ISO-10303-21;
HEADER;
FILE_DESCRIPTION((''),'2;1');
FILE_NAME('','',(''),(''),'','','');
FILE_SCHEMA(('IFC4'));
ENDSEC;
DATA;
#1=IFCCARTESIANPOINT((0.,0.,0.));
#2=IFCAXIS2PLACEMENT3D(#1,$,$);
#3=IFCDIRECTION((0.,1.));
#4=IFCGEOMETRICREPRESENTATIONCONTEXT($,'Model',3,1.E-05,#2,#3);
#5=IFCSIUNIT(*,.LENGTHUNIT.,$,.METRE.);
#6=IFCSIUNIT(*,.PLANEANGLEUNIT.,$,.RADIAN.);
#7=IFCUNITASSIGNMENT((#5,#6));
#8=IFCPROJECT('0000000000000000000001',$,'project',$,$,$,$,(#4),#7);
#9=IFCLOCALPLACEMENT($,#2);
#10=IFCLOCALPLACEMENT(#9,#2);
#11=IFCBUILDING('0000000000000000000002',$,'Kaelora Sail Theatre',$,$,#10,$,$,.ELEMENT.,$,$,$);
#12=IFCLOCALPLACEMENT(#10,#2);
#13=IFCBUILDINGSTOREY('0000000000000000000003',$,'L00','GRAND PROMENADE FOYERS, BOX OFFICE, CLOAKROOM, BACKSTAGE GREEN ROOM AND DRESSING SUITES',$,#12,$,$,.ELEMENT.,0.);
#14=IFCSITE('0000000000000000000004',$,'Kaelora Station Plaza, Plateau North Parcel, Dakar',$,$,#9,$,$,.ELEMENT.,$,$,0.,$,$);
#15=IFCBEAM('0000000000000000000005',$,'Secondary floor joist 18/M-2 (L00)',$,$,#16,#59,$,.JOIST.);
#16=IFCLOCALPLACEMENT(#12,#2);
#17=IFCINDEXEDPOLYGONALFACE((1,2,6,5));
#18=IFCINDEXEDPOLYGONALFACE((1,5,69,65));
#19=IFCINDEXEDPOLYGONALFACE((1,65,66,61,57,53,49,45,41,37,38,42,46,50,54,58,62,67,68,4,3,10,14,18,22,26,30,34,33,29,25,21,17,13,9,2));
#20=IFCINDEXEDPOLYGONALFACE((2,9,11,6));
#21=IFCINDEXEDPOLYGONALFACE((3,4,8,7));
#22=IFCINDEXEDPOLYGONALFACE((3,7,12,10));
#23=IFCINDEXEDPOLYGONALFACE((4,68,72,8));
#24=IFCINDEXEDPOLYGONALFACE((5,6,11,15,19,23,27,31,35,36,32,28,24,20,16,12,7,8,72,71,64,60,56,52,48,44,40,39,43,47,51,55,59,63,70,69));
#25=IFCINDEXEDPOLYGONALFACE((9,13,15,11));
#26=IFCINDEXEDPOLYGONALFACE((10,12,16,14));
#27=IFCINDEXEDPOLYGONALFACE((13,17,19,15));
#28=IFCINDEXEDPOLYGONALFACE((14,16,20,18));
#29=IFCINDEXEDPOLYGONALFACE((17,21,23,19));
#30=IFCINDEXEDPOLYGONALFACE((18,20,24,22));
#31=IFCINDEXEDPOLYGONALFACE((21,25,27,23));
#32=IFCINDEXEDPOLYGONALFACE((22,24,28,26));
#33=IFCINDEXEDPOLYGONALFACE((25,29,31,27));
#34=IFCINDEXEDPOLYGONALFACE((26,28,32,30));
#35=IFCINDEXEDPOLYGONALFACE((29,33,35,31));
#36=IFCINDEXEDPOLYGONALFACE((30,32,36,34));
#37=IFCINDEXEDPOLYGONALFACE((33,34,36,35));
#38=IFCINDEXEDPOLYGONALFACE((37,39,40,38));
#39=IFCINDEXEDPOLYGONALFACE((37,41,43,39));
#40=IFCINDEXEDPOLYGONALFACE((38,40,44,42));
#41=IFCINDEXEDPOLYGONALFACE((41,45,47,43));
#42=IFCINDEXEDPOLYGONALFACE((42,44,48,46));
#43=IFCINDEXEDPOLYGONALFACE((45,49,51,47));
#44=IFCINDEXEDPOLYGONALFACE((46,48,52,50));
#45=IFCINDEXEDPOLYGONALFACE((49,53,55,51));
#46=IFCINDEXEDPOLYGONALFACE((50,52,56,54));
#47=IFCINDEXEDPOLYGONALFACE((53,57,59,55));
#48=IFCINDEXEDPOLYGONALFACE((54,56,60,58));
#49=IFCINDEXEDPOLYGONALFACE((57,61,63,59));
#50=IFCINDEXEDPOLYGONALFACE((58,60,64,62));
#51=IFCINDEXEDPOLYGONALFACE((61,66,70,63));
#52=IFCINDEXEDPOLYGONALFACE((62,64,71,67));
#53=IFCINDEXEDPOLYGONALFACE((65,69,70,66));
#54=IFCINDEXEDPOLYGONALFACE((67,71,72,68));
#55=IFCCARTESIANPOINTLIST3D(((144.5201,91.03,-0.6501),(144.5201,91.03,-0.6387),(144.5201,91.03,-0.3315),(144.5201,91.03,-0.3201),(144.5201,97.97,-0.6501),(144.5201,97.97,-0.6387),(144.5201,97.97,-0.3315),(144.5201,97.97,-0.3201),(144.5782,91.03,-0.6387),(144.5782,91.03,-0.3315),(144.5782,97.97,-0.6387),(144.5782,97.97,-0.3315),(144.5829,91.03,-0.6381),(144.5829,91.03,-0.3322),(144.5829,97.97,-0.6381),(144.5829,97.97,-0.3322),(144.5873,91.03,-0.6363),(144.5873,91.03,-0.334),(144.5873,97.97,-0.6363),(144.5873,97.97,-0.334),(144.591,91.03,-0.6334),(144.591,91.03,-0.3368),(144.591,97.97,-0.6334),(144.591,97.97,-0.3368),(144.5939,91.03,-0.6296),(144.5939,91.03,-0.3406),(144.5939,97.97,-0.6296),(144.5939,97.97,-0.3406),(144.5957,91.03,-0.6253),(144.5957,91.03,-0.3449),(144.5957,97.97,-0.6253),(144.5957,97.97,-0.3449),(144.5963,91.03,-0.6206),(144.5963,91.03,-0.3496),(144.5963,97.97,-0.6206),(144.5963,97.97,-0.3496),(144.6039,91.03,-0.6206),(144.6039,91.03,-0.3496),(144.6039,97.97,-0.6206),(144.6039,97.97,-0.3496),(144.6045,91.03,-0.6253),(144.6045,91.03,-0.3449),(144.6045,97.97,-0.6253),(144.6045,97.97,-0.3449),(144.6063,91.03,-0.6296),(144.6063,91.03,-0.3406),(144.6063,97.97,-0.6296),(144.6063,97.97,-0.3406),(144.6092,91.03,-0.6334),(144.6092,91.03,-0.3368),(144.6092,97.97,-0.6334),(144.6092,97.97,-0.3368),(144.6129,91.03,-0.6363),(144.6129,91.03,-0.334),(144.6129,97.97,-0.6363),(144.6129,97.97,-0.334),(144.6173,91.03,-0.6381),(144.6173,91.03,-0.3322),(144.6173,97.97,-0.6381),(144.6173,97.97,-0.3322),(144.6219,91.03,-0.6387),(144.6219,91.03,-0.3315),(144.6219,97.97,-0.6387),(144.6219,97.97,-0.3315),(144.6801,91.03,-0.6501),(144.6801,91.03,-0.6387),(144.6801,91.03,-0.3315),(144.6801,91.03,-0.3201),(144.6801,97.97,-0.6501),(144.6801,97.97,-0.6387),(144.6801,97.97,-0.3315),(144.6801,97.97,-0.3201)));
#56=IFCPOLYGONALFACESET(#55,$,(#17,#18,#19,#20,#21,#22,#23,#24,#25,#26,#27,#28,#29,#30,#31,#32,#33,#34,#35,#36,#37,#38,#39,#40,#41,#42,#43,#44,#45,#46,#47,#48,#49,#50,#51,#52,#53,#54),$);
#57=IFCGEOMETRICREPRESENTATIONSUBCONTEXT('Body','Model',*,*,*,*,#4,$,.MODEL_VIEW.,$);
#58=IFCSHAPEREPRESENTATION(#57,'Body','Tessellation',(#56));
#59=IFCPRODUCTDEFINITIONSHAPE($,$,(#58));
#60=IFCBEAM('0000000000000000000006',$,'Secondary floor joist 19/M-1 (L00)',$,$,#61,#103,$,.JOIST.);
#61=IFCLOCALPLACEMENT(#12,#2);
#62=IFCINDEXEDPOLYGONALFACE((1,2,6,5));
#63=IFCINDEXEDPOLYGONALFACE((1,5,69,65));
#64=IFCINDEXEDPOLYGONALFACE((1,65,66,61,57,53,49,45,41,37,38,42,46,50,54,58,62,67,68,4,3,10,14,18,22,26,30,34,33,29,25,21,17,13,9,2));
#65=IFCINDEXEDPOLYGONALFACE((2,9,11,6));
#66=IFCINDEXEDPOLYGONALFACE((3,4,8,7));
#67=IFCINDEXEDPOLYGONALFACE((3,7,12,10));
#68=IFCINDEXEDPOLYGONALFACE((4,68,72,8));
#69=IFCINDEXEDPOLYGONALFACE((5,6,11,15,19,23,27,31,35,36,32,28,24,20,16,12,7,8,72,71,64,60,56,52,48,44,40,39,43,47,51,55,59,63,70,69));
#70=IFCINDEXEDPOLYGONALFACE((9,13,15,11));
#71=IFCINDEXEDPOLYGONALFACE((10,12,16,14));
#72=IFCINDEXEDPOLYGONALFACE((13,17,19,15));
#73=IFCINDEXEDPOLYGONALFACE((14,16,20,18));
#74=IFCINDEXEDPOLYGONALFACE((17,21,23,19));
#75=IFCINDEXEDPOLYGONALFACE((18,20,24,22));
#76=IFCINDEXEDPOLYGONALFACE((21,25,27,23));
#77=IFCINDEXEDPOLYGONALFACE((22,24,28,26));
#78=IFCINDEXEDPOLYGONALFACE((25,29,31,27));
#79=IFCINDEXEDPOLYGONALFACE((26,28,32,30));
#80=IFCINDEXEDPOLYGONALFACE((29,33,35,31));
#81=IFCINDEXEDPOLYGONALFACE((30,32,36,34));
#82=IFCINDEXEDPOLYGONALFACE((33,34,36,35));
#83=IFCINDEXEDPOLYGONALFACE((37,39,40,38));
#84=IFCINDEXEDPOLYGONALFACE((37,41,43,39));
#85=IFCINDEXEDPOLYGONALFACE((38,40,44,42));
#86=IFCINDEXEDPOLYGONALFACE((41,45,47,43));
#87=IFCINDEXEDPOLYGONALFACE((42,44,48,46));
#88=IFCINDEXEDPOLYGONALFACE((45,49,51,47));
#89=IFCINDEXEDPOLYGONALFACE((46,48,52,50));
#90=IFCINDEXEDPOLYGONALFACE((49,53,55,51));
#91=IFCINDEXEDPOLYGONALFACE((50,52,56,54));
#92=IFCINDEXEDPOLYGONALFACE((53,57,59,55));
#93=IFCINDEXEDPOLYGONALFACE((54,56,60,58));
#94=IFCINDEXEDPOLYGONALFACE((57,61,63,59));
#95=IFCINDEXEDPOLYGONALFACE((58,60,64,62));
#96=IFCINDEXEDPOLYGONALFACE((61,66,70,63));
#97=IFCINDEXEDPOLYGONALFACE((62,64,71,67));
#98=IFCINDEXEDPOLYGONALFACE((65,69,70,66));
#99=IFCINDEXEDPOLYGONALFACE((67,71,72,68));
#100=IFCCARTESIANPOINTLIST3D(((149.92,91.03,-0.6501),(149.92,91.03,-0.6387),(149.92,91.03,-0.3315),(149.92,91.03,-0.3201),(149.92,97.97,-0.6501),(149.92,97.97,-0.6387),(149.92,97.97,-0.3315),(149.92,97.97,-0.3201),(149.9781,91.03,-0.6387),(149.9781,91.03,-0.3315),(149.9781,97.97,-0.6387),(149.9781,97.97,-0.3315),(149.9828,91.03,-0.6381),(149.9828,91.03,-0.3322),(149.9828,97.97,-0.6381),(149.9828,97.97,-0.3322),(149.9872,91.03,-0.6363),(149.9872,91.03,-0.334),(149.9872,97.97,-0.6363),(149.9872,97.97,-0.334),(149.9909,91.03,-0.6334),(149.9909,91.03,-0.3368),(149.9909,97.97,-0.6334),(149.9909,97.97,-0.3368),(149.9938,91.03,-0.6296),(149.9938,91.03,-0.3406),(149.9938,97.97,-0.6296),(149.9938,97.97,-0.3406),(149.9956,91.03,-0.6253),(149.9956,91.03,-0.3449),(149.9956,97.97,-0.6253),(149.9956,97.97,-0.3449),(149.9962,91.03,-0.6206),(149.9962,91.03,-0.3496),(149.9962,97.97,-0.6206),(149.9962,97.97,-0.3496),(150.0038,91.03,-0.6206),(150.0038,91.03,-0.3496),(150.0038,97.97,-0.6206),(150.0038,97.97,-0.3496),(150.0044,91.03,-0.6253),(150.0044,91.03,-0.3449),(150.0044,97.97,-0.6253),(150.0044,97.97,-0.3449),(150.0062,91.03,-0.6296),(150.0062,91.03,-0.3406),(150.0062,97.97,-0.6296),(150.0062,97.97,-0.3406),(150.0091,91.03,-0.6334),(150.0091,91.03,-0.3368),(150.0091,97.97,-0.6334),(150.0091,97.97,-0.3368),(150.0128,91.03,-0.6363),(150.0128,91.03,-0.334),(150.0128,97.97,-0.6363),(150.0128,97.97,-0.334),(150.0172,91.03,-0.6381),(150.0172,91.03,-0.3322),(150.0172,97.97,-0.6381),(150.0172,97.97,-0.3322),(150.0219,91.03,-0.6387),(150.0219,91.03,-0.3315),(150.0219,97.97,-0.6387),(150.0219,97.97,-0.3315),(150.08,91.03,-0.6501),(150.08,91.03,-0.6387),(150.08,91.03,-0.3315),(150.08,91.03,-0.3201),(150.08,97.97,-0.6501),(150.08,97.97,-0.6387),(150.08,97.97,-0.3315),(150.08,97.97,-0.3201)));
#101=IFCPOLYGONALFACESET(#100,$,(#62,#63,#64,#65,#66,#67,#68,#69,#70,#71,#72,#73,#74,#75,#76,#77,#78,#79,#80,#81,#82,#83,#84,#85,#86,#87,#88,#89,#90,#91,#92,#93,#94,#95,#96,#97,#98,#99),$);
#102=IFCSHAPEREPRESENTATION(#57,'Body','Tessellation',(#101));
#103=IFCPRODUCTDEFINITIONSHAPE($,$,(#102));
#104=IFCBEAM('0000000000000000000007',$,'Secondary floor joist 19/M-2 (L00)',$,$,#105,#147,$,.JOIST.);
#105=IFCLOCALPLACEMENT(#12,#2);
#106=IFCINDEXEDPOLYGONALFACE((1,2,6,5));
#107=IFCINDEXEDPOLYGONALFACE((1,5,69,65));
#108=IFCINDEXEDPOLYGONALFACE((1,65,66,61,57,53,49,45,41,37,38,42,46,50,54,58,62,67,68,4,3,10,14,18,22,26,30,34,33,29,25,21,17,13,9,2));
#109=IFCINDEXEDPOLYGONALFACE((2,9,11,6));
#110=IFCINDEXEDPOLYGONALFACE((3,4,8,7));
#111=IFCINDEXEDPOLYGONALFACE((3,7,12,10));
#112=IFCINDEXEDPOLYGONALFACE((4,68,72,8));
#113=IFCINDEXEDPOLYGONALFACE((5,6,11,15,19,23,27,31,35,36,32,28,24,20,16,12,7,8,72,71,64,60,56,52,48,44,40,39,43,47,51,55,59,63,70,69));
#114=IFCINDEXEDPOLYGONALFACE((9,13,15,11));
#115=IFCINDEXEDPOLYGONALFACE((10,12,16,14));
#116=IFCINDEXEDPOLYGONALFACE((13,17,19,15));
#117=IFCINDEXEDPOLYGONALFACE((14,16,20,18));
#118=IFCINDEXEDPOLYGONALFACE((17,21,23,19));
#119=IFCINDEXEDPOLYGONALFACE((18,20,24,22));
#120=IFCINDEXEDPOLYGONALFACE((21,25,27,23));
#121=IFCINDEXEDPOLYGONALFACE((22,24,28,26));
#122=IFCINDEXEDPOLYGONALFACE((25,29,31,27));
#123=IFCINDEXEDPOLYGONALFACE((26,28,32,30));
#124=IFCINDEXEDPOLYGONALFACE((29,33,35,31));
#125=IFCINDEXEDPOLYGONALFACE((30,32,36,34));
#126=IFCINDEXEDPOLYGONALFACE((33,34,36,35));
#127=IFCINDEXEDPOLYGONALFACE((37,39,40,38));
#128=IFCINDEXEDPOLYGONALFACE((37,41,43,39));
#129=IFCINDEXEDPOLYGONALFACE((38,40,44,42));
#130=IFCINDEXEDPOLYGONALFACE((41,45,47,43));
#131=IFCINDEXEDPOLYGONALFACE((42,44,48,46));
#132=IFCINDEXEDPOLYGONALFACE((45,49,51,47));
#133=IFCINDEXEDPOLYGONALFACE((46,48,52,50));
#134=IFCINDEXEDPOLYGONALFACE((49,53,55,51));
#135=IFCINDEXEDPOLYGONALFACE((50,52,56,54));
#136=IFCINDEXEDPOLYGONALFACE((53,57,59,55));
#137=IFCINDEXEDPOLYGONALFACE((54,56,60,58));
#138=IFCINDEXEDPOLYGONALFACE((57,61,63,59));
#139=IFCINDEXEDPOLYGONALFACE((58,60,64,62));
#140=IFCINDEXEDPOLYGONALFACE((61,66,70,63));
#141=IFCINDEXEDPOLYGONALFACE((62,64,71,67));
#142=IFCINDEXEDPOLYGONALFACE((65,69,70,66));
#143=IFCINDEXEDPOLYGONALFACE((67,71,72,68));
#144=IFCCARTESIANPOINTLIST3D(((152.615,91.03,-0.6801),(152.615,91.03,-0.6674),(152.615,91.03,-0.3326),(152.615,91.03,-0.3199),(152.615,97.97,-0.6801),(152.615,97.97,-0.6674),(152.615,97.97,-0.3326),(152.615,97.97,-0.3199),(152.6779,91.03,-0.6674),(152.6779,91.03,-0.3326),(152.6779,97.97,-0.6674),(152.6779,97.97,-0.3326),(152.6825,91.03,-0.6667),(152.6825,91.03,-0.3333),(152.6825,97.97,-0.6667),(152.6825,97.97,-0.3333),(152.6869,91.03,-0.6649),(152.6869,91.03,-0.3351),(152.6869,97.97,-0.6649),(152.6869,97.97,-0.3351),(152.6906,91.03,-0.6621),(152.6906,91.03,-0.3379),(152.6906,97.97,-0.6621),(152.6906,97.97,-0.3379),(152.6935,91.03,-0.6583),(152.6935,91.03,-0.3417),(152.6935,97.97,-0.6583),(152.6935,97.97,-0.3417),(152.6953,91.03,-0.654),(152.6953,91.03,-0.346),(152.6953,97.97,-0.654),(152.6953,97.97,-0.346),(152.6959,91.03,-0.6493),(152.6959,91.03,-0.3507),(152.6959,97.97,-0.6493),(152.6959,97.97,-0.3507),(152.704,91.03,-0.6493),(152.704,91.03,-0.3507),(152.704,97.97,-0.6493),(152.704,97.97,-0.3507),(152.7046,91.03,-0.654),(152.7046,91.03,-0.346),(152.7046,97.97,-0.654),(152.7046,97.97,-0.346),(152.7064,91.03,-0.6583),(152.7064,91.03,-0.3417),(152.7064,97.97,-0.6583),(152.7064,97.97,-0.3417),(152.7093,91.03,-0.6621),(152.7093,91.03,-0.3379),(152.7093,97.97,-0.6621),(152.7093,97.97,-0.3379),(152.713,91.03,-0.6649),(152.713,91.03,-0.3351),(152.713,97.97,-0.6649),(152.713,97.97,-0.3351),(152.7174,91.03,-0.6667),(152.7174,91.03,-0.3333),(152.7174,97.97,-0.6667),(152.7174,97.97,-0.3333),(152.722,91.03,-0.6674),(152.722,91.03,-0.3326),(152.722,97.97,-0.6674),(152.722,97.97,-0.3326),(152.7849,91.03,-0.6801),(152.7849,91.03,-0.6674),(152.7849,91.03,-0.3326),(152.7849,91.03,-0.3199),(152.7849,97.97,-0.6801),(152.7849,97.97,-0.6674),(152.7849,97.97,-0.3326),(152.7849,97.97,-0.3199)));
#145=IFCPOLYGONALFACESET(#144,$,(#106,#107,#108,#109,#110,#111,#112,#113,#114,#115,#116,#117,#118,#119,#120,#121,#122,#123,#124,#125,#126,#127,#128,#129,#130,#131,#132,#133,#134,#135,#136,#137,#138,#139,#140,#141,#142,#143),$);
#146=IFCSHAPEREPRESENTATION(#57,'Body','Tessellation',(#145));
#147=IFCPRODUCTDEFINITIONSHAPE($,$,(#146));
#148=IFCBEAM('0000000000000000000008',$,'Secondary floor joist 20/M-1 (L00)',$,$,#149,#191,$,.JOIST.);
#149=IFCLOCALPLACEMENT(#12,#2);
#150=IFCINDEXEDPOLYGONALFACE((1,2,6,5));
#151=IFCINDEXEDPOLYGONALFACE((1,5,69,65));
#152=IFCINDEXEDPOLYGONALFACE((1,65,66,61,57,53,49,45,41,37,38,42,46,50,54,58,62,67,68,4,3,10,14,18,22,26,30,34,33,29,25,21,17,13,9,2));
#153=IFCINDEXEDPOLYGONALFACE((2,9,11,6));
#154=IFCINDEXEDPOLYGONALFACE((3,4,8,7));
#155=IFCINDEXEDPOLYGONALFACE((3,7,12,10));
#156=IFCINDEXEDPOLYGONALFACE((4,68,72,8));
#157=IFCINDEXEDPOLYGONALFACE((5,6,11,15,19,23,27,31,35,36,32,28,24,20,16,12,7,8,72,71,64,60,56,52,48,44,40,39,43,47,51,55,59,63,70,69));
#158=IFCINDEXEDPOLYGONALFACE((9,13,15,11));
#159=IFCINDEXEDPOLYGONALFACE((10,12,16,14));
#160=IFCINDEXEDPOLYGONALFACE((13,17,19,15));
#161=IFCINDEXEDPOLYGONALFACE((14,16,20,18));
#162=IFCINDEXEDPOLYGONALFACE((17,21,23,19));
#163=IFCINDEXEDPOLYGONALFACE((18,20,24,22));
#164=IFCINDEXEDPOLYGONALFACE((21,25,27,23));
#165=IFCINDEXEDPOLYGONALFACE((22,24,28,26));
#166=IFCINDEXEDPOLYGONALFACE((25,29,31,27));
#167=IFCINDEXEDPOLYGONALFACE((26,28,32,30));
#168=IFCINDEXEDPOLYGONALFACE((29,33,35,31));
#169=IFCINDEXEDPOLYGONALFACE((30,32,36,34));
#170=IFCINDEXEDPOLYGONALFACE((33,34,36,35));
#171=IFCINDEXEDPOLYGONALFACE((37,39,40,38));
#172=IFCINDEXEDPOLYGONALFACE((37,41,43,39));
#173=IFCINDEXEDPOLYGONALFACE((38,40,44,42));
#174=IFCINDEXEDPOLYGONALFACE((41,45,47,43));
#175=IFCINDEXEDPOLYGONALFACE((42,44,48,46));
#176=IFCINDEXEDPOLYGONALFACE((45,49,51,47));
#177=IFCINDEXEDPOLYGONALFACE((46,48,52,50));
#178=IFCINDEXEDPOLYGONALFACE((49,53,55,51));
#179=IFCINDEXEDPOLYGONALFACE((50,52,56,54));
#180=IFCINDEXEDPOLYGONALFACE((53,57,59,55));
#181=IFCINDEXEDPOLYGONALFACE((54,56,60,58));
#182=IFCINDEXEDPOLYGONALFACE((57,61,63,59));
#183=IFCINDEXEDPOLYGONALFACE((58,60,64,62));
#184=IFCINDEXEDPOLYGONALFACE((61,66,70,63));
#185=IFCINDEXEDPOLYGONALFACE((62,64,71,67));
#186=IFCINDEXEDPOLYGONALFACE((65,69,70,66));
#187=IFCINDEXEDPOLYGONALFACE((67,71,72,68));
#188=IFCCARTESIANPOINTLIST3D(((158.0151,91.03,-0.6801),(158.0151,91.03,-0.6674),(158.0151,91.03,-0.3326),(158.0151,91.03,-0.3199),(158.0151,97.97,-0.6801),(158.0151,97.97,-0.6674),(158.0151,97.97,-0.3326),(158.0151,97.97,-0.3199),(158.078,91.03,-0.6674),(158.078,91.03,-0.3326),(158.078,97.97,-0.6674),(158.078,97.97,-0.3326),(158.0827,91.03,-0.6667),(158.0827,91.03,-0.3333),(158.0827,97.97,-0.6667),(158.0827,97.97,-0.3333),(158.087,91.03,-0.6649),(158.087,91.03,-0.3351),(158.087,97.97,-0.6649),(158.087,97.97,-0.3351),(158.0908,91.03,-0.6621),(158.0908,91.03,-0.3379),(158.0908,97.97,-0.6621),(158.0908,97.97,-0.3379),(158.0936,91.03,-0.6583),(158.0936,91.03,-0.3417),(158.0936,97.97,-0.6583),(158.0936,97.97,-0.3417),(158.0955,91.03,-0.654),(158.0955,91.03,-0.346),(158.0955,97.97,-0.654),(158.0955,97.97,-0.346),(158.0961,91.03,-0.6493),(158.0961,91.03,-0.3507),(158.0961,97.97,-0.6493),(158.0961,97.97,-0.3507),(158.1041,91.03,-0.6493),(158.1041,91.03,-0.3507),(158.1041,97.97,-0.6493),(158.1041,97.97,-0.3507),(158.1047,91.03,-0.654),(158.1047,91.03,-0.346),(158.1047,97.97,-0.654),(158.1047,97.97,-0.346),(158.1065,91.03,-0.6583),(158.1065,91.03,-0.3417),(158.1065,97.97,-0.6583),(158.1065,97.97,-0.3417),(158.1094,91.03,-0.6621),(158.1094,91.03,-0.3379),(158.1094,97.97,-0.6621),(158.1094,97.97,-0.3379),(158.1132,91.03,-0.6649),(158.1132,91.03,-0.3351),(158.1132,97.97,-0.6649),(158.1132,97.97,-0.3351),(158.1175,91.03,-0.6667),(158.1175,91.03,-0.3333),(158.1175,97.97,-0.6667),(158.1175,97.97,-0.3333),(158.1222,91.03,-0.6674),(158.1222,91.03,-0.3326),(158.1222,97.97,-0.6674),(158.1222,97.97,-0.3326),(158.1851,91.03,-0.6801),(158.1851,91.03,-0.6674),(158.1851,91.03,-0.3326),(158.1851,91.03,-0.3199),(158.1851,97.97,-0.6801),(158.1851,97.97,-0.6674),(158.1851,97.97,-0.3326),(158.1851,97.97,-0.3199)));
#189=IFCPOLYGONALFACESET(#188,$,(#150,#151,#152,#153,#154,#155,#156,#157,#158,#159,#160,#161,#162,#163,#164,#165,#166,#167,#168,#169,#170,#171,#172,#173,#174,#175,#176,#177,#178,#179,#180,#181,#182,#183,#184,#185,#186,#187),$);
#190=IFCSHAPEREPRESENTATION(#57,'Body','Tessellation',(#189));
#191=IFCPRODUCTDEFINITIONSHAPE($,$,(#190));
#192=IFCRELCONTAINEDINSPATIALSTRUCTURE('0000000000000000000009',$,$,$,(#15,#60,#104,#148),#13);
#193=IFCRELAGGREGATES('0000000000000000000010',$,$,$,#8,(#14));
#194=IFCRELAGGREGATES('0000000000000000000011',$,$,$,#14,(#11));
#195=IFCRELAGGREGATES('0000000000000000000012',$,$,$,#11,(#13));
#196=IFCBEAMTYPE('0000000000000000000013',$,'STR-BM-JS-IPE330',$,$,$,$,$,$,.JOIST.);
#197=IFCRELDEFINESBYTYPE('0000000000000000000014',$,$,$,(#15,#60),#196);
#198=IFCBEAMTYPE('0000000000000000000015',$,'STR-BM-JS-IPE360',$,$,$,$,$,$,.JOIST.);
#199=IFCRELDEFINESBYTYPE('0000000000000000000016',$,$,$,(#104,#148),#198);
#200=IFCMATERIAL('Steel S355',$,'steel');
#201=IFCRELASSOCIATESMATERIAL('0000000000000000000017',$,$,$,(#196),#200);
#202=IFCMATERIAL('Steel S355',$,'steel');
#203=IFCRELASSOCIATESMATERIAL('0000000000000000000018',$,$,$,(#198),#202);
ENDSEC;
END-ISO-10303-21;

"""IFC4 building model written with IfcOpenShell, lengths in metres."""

from ifc_helpers import new_model, si_unit, direction, frame, origin, origin_2d, place, context, subcontext, project, spatial, i_section, extrude, material, material_profile, profile_set, type_object, element, save


model = new_model("IFC4")

# Units and contexts
model_context = context("Model", 3, precision=1e-05, world=origin(), true_north=direction((0.0, 1.0)))
body_context = subcontext(model_context, "Body", "Model", "MODEL_VIEW")
ifc_project = project(units=[si_unit("LENGTHUNIT", "METRE"), si_unit("PLANEANGLEUNIT", "RADIAN")], contexts=[model_context])

# Site, building, storey
site_placement = place(None, origin())
site = spatial("IfcSite", under=ifc_project, at=site_placement, Name="Kaelora Station Plaza, Plateau North Parcel, Dakar", CompositionType="ELEMENT", RefElevation=0.0)
building_placement = place(site_placement, origin())
building = spatial("IfcBuilding", under=site, at=building_placement, Name="Kaelora Sail Theatre", CompositionType="ELEMENT")
storey_placement = place(building_placement, origin())
storey = spatial("IfcBuildingStorey", under=building, at=storey_placement, Name="L00", Description="GRAND PROMENADE FOYERS, BOX OFFICE, CLOAKROOM, BACKSTAGE GREEN ROOM AND DRESSING SUITES", CompositionType="ELEMENT", Elevation=0.0)

# Beams
ifc_material_1 = material(Name="Steel S355", Category="steel")
ifc_material_profile_1 = material_profile(ifc_material_1, i_section(OverallWidth=0.1599, OverallDepth=0.3301, WebThickness=0.0076, FlangeThickness=0.0115, FilletRadius=0.0181, at=origin_2d()), Name="IPE 330")
ifc_profile_set_1 = profile_set([ifc_material_profile_1], Name="Steel S355")
beam_type_1 = type_object("IfcBeamType", Name="STR-BM-JS-IPE330", PredefinedType="JOIST", material=ifc_profile_set_1)
for number, where, z_axis, x_axis, name in (
    (1, (144.6001, 91.03, -0.4851), (0.0, 1.0, 0.0), (-1.0, 0.0, 0.0), "Secondary floor joist 18/M-2 (L00)"),
    (2, (150.0, 91.03, -0.4851), (0.0, 1.0, 0.0), (-1.0, 0.0, 0.0), "Secondary floor joist 19/M-1 (L00)"),
):
    element("IfcBeam", number, at=place(storey_placement, frame(where, z_axis=z_axis, x_axis=x_axis)), inside=storey, type_object=beam_type_1, Name=name, PredefinedType="JOIST", context=body_context, shape_type="SweptSolid", body=[
        extrude(i_section(OverallWidth=0.1599, OverallDepth=0.3301, WebThickness=0.0076, FlangeThickness=0.0115, FilletRadius=0.0181, at=origin_2d()), origin(), (0.0, 0.0, 1.0), 6.9399),
    ])
ifc_material_2 = material(Name="Steel S355", Category="steel")
ifc_material_profile_2 = material_profile(ifc_material_2, i_section(OverallWidth=0.1699, OverallDepth=0.3601, WebThickness=0.0081, FlangeThickness=0.0127, FilletRadius=0.0181, at=origin_2d()), Name="IPE 360")
ifc_profile_set_2 = profile_set([ifc_material_profile_2], Name="Steel S355")
beam_type_2 = type_object("IfcBeamType", Name="STR-BM-JS-IPE360", PredefinedType="JOIST", material=ifc_profile_set_2)
for number, where, z_axis, x_axis, name in (
    (3, (152.7, 91.03, -0.5), (0.0, 1.0, 0.0), (-1.0, 0.0, 0.0), "Secondary floor joist 19/M-2 (L00)"),
    (4, (158.1001, 91.03, -0.5), (0.0, 1.0, 0.0), (-1.0, 0.0, 0.0), "Secondary floor joist 20/M-1 (L00)"),
):
    element("IfcBeam", number, at=place(storey_placement, frame(where, z_axis=z_axis, x_axis=x_axis)), inside=storey, type_object=beam_type_2, Name=name, PredefinedType="JOIST", context=body_context, shape_type="SweptSolid", body=[
        extrude(i_section(OverallWidth=0.1699, OverallDepth=0.3601, WebThickness=0.0081, FlangeThickness=0.0127, FilletRadius=0.0181, at=origin_2d()), origin(), (0.0, 0.0, 1.0), 6.9399),
    ])

save(model, "model.ifc")
